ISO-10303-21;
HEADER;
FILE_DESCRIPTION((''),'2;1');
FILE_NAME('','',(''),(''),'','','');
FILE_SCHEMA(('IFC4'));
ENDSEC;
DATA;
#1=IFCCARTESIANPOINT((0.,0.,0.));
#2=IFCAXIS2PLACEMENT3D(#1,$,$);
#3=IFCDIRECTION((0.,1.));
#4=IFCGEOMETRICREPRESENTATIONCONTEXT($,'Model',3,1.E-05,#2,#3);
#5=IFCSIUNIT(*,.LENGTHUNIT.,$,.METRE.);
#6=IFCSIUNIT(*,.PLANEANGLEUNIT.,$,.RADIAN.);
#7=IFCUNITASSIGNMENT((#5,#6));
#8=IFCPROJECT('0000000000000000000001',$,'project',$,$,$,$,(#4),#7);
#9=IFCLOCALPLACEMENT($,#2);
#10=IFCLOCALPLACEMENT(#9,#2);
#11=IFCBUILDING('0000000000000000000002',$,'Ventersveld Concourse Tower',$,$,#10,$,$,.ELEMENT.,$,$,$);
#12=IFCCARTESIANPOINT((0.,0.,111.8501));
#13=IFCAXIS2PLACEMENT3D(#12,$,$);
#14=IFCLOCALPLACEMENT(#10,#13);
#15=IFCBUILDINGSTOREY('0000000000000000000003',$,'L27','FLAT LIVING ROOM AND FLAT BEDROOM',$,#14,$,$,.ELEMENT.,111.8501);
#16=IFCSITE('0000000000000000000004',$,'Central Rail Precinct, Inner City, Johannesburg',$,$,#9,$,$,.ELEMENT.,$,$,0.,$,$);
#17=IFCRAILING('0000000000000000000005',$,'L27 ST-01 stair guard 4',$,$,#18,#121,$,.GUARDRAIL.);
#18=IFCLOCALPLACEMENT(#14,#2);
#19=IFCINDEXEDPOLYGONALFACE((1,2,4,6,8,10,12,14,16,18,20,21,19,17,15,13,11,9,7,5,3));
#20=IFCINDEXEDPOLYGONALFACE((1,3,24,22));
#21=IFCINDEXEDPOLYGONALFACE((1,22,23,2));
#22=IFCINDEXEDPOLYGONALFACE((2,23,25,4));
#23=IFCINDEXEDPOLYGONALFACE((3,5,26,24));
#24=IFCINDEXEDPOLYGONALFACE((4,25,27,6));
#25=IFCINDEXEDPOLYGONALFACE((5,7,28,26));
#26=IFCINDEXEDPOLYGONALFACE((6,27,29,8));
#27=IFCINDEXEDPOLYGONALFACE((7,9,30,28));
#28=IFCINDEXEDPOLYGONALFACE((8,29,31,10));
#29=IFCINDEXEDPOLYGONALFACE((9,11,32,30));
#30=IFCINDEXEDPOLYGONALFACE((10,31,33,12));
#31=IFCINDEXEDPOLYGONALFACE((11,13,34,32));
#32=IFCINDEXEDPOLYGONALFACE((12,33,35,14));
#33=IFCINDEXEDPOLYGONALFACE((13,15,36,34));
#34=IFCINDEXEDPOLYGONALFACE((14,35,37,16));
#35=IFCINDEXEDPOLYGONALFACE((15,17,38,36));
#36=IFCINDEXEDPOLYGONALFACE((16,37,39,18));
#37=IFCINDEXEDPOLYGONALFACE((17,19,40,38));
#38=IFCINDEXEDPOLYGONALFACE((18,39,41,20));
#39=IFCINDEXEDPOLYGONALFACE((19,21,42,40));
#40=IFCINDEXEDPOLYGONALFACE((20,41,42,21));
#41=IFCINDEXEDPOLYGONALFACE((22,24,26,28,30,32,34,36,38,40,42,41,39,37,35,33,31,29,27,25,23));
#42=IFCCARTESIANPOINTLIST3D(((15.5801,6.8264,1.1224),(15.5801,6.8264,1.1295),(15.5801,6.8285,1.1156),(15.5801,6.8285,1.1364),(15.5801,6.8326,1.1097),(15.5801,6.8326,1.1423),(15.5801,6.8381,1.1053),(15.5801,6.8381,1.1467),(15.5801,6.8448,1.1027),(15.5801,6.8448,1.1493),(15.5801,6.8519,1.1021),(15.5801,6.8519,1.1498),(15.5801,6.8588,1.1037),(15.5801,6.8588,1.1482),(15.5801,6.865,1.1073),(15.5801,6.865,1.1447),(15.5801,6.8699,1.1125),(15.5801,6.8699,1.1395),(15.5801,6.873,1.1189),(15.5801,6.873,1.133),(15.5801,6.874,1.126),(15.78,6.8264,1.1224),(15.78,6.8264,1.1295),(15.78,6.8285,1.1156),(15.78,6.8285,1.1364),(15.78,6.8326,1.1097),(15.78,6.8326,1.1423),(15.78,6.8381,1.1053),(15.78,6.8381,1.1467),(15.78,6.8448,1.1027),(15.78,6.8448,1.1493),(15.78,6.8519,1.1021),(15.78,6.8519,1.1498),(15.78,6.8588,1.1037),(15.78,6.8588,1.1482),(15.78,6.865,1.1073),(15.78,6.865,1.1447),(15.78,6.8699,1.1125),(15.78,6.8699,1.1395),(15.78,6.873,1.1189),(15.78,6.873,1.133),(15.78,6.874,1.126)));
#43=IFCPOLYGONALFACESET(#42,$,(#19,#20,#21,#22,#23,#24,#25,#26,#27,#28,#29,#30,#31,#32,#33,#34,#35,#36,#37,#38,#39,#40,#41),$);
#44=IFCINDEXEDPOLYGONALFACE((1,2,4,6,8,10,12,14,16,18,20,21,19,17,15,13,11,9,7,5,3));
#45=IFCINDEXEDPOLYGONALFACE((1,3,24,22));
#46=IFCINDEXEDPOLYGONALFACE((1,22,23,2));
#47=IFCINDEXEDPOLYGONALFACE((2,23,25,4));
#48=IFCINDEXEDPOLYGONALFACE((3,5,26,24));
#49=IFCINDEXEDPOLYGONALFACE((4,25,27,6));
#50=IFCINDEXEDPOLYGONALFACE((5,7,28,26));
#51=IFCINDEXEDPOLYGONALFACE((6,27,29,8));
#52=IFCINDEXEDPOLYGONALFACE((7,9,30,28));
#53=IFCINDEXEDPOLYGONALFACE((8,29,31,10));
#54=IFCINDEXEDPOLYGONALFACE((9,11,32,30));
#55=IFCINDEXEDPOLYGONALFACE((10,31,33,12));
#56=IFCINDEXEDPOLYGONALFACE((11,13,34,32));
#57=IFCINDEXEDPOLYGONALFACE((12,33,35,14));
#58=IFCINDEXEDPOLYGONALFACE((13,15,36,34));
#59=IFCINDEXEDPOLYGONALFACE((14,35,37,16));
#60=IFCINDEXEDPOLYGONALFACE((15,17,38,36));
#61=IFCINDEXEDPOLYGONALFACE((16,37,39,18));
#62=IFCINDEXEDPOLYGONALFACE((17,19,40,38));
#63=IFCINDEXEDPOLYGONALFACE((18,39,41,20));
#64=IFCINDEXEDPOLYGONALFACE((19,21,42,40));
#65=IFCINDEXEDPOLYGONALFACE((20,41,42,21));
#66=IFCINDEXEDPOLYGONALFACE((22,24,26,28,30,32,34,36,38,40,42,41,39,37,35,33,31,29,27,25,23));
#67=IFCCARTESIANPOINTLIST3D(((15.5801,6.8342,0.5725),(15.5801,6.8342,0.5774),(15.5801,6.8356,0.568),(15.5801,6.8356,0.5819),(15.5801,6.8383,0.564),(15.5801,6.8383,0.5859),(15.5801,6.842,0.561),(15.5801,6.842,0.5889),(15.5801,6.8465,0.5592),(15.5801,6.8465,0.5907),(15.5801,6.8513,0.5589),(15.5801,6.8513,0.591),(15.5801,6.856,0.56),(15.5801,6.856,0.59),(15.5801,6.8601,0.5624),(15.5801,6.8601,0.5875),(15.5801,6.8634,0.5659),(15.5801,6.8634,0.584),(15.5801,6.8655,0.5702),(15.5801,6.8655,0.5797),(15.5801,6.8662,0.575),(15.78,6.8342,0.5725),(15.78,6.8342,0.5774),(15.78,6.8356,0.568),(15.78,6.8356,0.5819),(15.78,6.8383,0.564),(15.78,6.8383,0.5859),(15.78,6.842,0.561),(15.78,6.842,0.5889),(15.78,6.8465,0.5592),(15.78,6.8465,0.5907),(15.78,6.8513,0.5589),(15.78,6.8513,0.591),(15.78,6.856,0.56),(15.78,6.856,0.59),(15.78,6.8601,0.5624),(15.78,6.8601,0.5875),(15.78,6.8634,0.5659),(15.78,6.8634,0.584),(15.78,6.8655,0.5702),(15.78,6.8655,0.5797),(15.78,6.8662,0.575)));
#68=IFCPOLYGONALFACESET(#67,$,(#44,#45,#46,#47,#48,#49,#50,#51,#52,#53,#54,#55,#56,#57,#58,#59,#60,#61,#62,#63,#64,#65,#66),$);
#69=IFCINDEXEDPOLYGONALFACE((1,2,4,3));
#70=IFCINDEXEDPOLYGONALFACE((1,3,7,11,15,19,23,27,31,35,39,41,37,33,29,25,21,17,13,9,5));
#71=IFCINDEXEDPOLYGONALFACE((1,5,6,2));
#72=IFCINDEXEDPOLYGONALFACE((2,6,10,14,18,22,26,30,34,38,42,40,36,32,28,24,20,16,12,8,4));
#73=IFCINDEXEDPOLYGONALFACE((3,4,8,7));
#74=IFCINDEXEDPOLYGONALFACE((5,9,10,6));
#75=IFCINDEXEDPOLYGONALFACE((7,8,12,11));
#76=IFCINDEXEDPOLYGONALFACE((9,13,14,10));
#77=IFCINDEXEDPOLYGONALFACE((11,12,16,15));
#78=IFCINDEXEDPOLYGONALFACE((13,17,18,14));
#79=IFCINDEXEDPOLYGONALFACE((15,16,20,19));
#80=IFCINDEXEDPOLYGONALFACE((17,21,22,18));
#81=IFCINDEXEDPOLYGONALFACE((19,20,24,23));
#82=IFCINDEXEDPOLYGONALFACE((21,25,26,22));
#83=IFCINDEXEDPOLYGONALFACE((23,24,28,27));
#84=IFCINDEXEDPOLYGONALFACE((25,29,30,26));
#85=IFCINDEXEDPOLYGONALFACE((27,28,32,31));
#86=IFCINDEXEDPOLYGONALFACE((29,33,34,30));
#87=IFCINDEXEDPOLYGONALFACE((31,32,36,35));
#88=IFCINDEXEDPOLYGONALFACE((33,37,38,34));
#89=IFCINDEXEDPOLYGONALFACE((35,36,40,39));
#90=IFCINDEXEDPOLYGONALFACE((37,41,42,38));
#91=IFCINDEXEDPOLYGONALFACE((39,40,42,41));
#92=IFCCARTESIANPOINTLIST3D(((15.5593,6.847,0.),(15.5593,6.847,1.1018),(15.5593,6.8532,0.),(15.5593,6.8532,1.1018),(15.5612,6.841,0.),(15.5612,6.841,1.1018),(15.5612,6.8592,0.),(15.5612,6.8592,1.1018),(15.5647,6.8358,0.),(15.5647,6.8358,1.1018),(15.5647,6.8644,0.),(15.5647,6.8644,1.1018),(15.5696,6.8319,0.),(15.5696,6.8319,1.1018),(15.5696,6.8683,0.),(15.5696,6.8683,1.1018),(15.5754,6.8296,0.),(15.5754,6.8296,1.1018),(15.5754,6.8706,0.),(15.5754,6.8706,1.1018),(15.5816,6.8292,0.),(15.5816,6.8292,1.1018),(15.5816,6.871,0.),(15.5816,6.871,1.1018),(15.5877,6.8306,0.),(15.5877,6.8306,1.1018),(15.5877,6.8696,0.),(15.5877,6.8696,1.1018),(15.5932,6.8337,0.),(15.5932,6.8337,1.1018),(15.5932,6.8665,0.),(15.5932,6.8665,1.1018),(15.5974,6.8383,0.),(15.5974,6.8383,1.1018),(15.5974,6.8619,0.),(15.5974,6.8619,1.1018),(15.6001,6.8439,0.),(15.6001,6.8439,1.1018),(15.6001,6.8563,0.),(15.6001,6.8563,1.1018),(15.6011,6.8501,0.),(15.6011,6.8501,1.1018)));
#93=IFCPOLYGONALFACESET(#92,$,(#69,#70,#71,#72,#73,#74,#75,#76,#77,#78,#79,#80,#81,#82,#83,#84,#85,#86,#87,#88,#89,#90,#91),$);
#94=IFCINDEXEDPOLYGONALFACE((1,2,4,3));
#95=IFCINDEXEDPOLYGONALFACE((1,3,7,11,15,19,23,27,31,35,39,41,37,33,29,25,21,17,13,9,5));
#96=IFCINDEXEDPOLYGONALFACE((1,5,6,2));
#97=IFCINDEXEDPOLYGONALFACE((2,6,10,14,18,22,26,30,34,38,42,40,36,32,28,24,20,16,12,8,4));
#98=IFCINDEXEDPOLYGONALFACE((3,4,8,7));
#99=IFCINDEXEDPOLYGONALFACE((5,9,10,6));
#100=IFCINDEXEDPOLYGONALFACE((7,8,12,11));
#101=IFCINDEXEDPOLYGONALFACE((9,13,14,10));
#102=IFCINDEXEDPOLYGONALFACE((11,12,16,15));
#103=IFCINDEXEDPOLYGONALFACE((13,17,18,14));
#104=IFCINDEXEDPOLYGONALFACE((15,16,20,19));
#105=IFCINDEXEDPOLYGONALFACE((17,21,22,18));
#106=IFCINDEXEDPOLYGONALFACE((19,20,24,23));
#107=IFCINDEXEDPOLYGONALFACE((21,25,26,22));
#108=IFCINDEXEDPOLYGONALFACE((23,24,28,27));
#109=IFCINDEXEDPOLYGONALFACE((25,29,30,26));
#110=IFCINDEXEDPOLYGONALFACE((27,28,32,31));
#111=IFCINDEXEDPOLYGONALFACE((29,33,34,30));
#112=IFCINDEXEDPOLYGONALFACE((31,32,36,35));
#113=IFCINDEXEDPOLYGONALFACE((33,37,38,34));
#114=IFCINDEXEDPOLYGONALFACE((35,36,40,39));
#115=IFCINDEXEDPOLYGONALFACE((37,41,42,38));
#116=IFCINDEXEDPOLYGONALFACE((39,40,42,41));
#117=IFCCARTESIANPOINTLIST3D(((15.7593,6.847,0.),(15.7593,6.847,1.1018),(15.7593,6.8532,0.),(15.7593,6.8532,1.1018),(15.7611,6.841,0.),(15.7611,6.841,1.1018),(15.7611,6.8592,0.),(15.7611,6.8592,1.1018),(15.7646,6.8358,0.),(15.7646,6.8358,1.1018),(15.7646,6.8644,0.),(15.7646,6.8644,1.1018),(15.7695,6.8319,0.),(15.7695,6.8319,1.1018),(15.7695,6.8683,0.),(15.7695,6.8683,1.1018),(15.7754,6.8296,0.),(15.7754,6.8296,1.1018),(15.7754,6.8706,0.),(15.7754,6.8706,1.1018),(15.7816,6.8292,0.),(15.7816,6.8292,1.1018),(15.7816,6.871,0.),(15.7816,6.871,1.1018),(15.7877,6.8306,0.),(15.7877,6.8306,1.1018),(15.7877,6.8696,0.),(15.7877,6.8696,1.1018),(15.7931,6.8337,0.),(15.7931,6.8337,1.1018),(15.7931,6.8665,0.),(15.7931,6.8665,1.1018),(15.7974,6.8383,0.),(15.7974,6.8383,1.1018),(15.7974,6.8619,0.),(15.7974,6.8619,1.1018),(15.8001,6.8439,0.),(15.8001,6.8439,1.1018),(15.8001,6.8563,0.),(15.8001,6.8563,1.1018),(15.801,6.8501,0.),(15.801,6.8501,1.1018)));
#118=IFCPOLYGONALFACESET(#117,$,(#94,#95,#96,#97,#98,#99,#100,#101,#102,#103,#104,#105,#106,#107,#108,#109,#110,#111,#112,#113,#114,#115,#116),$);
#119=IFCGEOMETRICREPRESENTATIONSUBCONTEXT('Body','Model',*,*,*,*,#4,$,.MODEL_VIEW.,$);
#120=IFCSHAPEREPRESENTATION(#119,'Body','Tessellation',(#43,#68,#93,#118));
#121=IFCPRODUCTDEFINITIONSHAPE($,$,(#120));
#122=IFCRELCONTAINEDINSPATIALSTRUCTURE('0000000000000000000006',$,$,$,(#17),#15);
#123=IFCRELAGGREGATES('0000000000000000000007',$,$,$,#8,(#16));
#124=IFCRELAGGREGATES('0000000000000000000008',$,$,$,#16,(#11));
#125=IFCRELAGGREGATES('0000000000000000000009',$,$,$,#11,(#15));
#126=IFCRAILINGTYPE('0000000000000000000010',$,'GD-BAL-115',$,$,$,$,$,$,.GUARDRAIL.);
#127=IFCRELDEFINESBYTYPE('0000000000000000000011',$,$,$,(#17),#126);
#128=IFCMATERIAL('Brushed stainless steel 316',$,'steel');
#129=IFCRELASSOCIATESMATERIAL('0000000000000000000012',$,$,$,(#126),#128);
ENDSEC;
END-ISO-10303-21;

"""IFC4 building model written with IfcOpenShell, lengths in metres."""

from ifc_helpers import new_model, si_unit, direction, frame, origin, origin_2d, place, context, subcontext, project, spatial, circle, extrude, material, type_object, element, save


model = new_model("IFC4")

# Units and contexts
model_context = context("Model", 3, precision=1e-05, world=origin(), true_north=direction((0.0, 1.0)))
body_context = subcontext(model_context, "Body", "Model", "MODEL_VIEW")
ifc_project = project(units=[si_unit("LENGTHUNIT", "METRE"), si_unit("PLANEANGLEUNIT", "RADIAN")], contexts=[model_context])

# Site, building, storey
site_placement = place(None, origin())
site = spatial("IfcSite", under=ifc_project, at=site_placement, Name="Central Rail Precinct, Inner City, Johannesburg", CompositionType="ELEMENT", RefElevation=0.0)
building_placement = place(site_placement, origin())
building = spatial("IfcBuilding", under=site, at=building_placement, Name="Ventersveld Concourse Tower", CompositionType="ELEMENT")
storey_placement = place(building_placement, frame((0.0, 0.0, 111.8501)))
storey = spatial("IfcBuildingStorey", under=building, at=storey_placement, Name="L27", Description="FLAT LIVING ROOM AND FLAT BEDROOM", CompositionType="ELEMENT", Elevation=111.8501)

# Shared definitions
ifc_material_1 = material(Name="Brushed stainless steel 316", Category="steel")

# Railing
railing_type = type_object("IfcRailingType", Name="GD-BAL-115", PredefinedType="GUARDRAIL", material=ifc_material_1)
railing_1_placement = place(storey_placement, frame((15.5801, 6.8501, 0.0)))
element("IfcRailing", 1, at=railing_1_placement, inside=storey, type_object=railing_type, Name="L27 ST-01 stair guard 4", PredefinedType="GUARDRAIL", context=body_context, shape_type="SweptSolid", body=[
    extrude(circle(Radius=0.0239, at=origin_2d()), frame((0.0, 0.0, 1.126), z_axis=(1.0, 0.0, 0.0), x_axis=(0.0, 1.0, 0.0)), (0.0, 0.0, 1.0), 0.2),
    extrude(circle(Radius=0.0161, at=origin_2d()), frame((0.0, 0.0, 0.575), z_axis=(1.0, 0.0, 0.0), x_axis=(0.0, 1.0, 0.0)), (0.0, 0.0, 1.0), 0.2),
    extrude(circle(Radius=0.021, at=origin_2d()), origin(), (0.0, 0.0, 1.0), 1.1018),
    extrude(circle(Radius=0.021, at=origin_2d()), frame((0.2, 0.0, 0.0)), (0.0, 0.0, 1.0), 1.1018),
])

save(model, "model.ifc")
